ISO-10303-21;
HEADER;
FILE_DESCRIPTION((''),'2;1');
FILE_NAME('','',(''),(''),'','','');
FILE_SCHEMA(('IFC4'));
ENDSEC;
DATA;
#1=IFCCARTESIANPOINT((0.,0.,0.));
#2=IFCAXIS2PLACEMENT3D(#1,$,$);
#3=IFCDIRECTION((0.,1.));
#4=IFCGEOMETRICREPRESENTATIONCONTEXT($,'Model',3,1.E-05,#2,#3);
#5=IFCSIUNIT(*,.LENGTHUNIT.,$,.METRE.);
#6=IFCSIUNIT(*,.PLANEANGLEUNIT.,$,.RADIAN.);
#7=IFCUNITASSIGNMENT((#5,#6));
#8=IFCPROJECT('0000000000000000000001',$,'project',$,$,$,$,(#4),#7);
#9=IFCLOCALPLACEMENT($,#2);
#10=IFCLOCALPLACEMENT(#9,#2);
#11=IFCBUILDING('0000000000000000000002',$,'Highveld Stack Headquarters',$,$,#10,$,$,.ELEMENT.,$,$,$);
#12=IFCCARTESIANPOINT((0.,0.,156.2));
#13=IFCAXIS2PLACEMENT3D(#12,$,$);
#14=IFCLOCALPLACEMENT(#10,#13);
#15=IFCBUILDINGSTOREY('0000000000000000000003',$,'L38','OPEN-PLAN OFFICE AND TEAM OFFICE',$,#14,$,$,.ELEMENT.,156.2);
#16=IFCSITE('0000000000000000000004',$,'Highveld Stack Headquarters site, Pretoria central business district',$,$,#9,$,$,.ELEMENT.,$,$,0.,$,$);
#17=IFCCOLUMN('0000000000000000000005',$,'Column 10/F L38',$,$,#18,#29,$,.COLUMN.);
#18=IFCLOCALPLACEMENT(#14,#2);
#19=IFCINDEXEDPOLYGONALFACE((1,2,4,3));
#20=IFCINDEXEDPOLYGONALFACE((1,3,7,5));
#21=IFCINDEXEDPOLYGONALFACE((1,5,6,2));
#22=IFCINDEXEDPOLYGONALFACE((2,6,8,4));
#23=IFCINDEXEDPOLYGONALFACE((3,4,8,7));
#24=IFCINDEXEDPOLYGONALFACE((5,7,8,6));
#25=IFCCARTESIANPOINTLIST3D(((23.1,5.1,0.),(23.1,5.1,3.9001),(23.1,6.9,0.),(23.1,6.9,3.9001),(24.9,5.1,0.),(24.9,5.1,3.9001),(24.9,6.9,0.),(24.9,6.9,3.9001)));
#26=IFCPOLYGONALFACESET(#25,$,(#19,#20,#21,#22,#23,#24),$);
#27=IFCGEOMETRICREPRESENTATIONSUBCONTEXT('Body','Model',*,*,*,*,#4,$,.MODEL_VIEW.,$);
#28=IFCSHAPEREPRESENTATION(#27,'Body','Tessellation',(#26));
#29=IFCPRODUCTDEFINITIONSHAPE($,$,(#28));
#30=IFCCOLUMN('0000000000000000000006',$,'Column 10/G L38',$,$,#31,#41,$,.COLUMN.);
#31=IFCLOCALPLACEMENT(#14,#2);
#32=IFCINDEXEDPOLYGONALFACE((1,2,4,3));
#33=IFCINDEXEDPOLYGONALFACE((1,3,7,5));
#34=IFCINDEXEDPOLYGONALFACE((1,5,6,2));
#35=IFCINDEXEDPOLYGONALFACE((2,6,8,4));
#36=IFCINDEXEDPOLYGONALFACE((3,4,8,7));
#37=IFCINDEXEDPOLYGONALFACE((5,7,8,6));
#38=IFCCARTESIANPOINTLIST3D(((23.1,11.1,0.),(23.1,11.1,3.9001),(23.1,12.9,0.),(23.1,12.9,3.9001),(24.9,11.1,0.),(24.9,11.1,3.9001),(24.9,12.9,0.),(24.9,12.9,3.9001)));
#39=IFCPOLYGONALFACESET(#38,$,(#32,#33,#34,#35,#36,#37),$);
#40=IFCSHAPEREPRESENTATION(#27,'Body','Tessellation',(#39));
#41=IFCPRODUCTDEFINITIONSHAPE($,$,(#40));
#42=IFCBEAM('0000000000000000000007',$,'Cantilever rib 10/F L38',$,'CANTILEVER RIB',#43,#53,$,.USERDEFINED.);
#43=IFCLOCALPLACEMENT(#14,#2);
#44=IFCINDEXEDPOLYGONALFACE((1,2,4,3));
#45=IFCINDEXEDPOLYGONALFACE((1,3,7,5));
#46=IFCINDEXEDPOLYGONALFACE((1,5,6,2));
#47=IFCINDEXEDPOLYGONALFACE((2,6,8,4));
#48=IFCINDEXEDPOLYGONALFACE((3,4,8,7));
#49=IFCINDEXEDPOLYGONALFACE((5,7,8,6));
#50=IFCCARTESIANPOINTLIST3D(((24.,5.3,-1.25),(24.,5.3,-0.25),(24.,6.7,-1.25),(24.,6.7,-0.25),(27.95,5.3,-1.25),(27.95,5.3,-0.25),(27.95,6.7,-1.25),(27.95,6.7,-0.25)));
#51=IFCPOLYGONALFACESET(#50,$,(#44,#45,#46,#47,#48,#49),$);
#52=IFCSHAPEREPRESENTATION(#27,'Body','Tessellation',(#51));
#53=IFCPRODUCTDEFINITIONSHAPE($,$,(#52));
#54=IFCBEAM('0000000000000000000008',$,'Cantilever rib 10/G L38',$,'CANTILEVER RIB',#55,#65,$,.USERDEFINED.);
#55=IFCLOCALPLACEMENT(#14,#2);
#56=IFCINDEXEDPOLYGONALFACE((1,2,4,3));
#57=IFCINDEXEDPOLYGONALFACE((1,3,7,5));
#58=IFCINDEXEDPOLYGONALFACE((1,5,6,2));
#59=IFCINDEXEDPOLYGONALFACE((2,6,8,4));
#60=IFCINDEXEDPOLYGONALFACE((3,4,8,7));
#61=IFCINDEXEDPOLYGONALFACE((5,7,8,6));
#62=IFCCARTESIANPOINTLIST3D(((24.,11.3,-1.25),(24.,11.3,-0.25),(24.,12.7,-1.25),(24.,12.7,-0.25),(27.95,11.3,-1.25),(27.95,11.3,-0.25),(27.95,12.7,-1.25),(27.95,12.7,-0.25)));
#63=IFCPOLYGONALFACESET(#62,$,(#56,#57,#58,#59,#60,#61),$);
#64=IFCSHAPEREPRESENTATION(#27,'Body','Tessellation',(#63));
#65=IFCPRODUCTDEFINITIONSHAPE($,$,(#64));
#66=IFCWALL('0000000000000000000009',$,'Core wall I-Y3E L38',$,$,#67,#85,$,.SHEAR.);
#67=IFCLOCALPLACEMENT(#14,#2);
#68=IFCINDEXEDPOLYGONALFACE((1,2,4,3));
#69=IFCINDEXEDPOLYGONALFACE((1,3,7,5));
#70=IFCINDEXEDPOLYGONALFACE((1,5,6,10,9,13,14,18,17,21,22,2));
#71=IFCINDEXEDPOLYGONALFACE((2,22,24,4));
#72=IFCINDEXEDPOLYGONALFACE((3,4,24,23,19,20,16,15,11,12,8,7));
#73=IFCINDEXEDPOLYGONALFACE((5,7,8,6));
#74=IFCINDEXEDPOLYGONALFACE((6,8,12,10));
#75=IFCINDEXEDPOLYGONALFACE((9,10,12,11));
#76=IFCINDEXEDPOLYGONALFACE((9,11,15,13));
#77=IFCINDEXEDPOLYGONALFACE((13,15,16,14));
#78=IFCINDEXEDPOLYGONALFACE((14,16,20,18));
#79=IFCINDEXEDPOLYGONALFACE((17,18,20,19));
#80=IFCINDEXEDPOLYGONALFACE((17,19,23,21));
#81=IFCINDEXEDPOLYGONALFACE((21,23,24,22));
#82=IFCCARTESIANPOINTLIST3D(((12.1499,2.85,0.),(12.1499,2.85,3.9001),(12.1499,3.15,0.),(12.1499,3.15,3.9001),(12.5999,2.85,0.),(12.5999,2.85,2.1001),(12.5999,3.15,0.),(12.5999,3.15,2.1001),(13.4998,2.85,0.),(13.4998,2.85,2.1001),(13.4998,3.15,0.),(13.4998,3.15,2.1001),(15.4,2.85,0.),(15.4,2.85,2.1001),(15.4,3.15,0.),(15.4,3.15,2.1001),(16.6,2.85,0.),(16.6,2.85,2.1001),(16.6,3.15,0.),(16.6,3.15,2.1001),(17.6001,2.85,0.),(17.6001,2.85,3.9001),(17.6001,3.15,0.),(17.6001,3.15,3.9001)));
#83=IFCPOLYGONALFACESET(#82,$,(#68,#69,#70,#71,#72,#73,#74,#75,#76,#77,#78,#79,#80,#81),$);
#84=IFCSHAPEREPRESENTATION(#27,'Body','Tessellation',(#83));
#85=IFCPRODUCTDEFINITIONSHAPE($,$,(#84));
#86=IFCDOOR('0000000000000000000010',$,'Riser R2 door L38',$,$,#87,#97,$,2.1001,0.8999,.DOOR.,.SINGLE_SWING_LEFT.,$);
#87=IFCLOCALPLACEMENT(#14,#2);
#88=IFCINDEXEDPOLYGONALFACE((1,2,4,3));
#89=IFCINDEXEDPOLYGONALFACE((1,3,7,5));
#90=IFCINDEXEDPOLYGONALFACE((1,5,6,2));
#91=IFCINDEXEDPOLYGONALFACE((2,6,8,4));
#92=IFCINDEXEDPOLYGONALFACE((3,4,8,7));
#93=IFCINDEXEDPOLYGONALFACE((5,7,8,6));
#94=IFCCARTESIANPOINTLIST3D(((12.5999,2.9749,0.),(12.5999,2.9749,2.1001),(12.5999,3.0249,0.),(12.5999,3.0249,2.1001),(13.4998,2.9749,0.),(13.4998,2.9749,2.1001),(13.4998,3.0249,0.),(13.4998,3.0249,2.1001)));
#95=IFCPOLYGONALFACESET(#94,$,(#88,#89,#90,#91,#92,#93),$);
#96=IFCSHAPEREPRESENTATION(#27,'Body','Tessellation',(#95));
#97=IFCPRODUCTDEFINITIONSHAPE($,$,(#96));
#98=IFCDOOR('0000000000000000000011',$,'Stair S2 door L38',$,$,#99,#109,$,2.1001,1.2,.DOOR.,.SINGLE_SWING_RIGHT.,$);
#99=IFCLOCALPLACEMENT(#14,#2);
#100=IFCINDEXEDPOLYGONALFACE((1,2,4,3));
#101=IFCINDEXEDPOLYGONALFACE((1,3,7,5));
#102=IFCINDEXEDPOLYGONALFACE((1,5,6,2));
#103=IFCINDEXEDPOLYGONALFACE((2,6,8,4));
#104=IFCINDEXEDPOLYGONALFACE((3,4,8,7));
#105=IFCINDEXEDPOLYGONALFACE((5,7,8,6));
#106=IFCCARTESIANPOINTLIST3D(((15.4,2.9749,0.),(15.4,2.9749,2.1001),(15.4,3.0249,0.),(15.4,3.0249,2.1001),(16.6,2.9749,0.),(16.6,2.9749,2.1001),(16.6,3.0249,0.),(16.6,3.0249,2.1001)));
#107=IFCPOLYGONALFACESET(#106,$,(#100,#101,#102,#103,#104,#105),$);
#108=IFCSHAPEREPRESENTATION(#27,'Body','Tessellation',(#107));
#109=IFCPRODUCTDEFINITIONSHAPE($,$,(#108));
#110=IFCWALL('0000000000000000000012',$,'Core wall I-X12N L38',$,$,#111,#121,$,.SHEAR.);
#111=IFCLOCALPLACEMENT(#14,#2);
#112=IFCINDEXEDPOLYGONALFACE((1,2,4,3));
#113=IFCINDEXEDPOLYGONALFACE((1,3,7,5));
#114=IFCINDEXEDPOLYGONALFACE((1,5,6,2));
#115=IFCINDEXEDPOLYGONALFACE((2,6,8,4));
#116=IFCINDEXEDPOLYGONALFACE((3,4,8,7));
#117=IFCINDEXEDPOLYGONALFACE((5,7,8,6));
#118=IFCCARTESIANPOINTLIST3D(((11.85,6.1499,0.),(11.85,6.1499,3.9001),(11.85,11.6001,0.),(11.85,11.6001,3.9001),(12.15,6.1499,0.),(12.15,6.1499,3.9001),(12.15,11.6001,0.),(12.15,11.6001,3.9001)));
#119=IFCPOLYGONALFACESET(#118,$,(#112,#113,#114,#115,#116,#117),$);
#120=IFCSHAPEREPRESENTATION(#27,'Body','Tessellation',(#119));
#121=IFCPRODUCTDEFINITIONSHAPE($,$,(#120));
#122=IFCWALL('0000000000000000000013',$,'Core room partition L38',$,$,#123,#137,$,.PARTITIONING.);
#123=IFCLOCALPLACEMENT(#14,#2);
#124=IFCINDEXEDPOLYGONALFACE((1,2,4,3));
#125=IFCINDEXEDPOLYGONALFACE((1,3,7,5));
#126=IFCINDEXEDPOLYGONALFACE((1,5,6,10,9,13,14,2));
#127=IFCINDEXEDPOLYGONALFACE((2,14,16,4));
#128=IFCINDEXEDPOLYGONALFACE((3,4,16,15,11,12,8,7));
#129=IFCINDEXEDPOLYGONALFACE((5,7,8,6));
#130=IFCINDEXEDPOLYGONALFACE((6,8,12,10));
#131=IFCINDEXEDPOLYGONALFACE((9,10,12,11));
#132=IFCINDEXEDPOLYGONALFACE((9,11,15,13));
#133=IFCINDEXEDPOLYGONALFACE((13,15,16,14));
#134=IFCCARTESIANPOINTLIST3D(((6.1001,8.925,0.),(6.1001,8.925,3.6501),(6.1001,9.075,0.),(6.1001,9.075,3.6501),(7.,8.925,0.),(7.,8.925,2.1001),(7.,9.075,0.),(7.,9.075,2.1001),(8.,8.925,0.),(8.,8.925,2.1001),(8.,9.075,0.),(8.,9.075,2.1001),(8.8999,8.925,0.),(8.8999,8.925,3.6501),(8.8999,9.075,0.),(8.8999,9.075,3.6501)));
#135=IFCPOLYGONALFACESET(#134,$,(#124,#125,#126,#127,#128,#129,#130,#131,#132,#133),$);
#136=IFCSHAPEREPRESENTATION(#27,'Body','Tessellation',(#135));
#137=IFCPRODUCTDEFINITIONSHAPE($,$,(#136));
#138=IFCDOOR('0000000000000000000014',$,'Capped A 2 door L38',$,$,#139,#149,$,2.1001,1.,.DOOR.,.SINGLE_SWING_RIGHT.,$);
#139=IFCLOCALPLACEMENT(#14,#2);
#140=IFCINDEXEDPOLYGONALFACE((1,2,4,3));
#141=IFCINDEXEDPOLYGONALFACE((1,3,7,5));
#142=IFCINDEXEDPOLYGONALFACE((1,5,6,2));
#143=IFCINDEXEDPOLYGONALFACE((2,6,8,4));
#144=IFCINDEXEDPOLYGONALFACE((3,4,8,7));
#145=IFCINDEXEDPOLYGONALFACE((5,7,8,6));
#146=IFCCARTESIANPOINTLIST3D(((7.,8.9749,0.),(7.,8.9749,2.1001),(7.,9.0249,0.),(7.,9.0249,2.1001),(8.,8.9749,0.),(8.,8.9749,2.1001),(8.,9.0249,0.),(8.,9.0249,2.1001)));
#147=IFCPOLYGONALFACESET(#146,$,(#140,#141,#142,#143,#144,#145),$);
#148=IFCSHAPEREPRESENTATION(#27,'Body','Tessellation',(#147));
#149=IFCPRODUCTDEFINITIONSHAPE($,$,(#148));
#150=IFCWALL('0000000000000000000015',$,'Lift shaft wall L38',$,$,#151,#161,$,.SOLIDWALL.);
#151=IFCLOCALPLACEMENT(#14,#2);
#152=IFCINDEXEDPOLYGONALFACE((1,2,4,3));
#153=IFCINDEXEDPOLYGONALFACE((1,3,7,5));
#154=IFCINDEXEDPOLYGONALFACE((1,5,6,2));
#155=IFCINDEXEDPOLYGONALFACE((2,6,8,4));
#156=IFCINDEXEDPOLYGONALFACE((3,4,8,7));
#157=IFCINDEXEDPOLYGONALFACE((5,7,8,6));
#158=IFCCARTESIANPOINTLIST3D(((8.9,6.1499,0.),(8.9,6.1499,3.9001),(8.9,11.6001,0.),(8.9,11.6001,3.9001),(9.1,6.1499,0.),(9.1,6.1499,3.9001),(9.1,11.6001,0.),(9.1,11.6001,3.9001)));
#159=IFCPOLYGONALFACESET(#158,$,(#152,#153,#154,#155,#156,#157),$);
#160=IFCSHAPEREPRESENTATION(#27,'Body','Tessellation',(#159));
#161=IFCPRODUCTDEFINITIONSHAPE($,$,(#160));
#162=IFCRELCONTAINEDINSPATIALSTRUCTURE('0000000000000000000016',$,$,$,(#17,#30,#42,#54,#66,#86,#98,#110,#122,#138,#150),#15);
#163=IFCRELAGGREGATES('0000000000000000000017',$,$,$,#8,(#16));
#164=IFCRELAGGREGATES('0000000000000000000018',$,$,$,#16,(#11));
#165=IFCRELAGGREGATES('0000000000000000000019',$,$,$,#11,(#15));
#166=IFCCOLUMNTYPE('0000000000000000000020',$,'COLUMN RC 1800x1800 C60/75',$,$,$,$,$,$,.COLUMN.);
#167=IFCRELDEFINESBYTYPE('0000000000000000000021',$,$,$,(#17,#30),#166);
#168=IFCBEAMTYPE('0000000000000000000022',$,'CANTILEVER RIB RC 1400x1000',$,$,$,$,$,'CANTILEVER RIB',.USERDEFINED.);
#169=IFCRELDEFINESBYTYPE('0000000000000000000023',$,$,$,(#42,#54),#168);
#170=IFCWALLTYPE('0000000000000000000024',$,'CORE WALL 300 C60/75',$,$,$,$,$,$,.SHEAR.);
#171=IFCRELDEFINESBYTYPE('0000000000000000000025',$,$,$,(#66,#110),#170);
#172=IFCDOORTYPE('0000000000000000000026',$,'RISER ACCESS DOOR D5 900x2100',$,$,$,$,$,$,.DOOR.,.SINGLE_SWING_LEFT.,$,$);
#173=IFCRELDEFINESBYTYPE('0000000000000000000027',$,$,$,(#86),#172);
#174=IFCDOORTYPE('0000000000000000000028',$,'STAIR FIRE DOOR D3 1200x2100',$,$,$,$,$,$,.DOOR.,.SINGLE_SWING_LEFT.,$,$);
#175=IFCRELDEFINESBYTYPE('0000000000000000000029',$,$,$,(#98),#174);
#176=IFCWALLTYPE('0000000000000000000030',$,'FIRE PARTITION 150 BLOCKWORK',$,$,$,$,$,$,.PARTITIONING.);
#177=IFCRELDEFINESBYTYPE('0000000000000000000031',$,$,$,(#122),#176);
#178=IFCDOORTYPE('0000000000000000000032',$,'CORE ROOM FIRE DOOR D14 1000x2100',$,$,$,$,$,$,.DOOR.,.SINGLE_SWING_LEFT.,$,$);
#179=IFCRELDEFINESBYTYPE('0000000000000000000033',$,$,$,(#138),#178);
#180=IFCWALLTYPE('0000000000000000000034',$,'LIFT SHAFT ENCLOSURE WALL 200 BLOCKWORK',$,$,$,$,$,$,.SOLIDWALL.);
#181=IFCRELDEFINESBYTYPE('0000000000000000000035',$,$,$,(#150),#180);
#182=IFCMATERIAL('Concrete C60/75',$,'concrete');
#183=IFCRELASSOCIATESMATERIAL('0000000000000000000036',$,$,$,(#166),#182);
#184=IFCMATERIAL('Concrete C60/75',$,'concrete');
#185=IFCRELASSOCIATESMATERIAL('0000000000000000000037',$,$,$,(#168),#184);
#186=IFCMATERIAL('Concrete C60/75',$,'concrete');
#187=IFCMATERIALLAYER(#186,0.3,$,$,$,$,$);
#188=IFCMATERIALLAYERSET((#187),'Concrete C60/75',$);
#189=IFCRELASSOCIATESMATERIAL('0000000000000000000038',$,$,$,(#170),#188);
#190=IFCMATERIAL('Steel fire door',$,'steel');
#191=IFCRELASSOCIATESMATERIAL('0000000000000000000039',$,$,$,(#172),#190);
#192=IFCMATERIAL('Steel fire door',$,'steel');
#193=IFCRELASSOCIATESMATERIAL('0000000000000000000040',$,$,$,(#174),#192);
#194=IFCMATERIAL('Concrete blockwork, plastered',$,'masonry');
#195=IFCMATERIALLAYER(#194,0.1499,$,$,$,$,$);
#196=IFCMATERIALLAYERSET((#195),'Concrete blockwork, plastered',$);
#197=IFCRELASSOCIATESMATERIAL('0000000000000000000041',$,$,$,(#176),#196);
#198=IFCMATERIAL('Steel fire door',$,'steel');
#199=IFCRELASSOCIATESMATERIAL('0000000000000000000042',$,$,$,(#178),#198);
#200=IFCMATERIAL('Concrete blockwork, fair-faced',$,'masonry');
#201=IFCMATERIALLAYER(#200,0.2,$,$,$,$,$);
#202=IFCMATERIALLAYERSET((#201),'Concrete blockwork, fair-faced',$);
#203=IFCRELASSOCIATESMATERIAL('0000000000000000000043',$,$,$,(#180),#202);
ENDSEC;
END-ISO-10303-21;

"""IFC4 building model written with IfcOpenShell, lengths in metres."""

from ifc_helpers import new_model, si_unit, direction, frame, frame_2d, origin, origin_2d, place, context, subcontext, project, spatial, rectangle, extrude, material, layer, layer_set, material_profile, profile_set, type_object, element, fill, save


model = new_model("IFC4")

# Units and contexts
model_context = context("Model", 3, precision=1e-05, world=origin(), true_north=direction((0.0, 1.0)))
body_context = subcontext(model_context, "Body", "Model", "MODEL_VIEW")
ifc_project = project(units=[si_unit("LENGTHUNIT", "METRE"), si_unit("PLANEANGLEUNIT", "RADIAN")], contexts=[model_context])

# Site, building, storey
site_placement = place(None, origin())
site = spatial("IfcSite", under=ifc_project, at=site_placement, Name="Highveld Stack Headquarters site, Pretoria central business district", CompositionType="ELEMENT", RefElevation=0.0)
building_placement = place(site_placement, origin())
building = spatial("IfcBuilding", under=site, at=building_placement, Name="Highveld Stack Headquarters", CompositionType="ELEMENT")
storey_placement = place(building_placement, frame((0.0, 0.0, 156.2)))
storey = spatial("IfcBuildingStorey", under=building, at=storey_placement, Name="L38", Description="OPEN-PLAN OFFICE AND TEAM OFFICE", CompositionType="ELEMENT", Elevation=156.2)

# Columns
ifc_material_1 = material(Name="Concrete C60/75", Category="concrete")
ifc_material_profile_1 = material_profile(ifc_material_1, rectangle(XDim=1.8, YDim=1.8, at=origin_2d()), Name="RC 1800x1800")
ifc_profile_set_1 = profile_set([ifc_material_profile_1], Name="Concrete C60/75")
column_type = type_object("IfcColumnType", Name="COLUMN RC 1800x1800 C60/75", PredefinedType="COLUMN", material=ifc_profile_set_1)
for number, where, z_axis, x_axis, name in (
    (1, (24.0, 6.0, 0.0), (0.0, 0.0, 1.0), (1.0, 0.0, 0.0), "Column 10/F L38"),
    (2, (24.0, 12.0, 0.0), (0.0, 0.0, 1.0), (1.0, 0.0, 0.0), "Column 10/G L38"),
):
    element("IfcColumn", number, at=place(storey_placement, frame(where, z_axis=z_axis, x_axis=x_axis)), inside=storey, type_object=column_type, Name=name, PredefinedType="COLUMN", context=body_context, shape_type="SweptSolid", body=[
        extrude(rectangle(XDim=1.8, YDim=1.8, at=origin_2d()), origin(), (0.0, 0.0, 1.0), 3.9001),
    ])

# Beams
ifc_material_2 = material(Name="Concrete C60/75", Category="concrete")
ifc_material_profile_2 = material_profile(ifc_material_2, rectangle(XDim=1.3999, YDim=1.0, at=origin_2d()), Name="RC 1400x1000")
ifc_profile_set_2 = profile_set([ifc_material_profile_2], Name="Concrete C60/75")
beam_type = type_object("IfcBeamType", Name="CANTILEVER RIB RC 1400x1000", ElementType="CANTILEVER RIB", PredefinedType="USERDEFINED", material=ifc_profile_set_2)
for number, where, z_axis, x_axis, name in (
    (3, (24.0, 6.0, -0.75), (1.0, 0.0, 0.0), (0.0, 1.0, 0.0), "Cantilever rib 10/F L38"),
    (4, (24.0, 12.0, -0.75), (1.0, 0.0, 0.0), (0.0, 1.0, 0.0), "Cantilever rib 10/G L38"),
):
    element("IfcBeam", number, at=place(storey_placement, frame(where, z_axis=z_axis, x_axis=x_axis)), inside=storey, type_object=beam_type, Name=name, ObjectType="CANTILEVER RIB", PredefinedType="USERDEFINED", context=body_context, shape_type="SweptSolid", body=[
        extrude(rectangle(XDim=1.3999, YDim=1.0, at=origin_2d()), origin(), (0.0, 0.0, 1.0), 3.95),
    ])

# Wall, openings, doors
ifc_material_3 = material(Name="Concrete C60/75", Category="concrete")
ifc_layer_1 = layer(ifc_material_3, 0.3)
ifc_layer_set_1 = layer_set([ifc_layer_1], Name="Concrete C60/75")
wall_type_1 = type_object("IfcWallType", Name="CORE WALL 300 C60/75", PredefinedType="SHEAR", material=ifc_layer_set_1)
wall_1_placement = place(storey_placement, frame((12.1499, 3.0, 0.0), z_axis=(0.0, 0.0, 1.0), x_axis=(1.0, 0.0, 0.0)))
wall_1 = element("IfcWall", 5, at=wall_1_placement, inside=storey, type_object=wall_type_1, Name="Core wall I-Y3E L38", PredefinedType="SHEAR", context=body_context, shape_type="SweptSolid", body=[
    extrude(rectangle(XDim=5.4502, YDim=0.3, at=frame_2d((2.7251, 0.0))), origin(), (0.0, 0.0, 1.0), 3.9001),
])
opening_1_placement = place(wall_1_placement, frame((3.25, 0.0, 0.0)))
opening_1 = element("IfcOpeningElement", 6, at=opening_1_placement, cuts=wall_1, PredefinedType="OPENING", context=body_context, shape_type="SweptSolid", body=[
    extrude(rectangle(XDim=1.2, YDim=2.1001, at=frame_2d((0.6001, 1.05))), frame((0.0, 0.1599, 0.0), z_axis=(0.0, -1.0, 0.0), x_axis=(1.0, 0.0, 0.0)), (0.0, 0.0, 1.0), 0.3201),
])
opening_2_placement = place(wall_1_placement, frame((0.45, 0.0, 0.0)))
opening_2 = element("IfcOpeningElement", 7, at=opening_2_placement, cuts=wall_1, PredefinedType="OPENING", context=body_context, shape_type="SweptSolid", body=[
    extrude(rectangle(XDim=0.8999, YDim=2.1001, at=frame_2d((0.45, 1.05))), frame((0.0, 0.1599, 0.0), z_axis=(0.0, -1.0, 0.0), x_axis=(1.0, 0.0, 0.0)), (0.0, 0.0, 1.0), 0.3201),
])
ifc_material_4 = material(Name="Steel fire door", Category="steel")
door_type_1 = type_object("IfcDoorType", Name="RISER ACCESS DOOR D5 900x2100", OperationType="SINGLE_SWING_LEFT", PredefinedType="DOOR", material=ifc_material_4)
door_1_placement = place(opening_2_placement, origin())
door_1 = element("IfcDoor", 8, at=door_1_placement, inside=storey, type_object=door_type_1, Name="Riser R2 door L38", OperationType="SINGLE_SWING_LEFT", OverallHeight=2.1001, OverallWidth=0.8999, PredefinedType="DOOR", context=body_context, shape_type="SweptSolid", body=[
    extrude(rectangle(XDim=0.8999, YDim=2.1001, at=frame_2d((0.45, 1.05))), frame((0.0, 0.0249, 0.0), z_axis=(0.0, -1.0, 0.0), x_axis=(1.0, 0.0, 0.0)), (0.0, 0.0, 1.0), 0.05),
])
fill(opening_2, door_1)
ifc_material_5 = material(Name="Steel fire door", Category="steel")
door_type_2 = type_object("IfcDoorType", Name="STAIR FIRE DOOR D3 1200x2100", OperationType="SINGLE_SWING_LEFT", PredefinedType="DOOR", material=ifc_material_5)
door_2_placement = place(opening_1_placement, origin())
door_2 = element("IfcDoor", 9, at=door_2_placement, inside=storey, type_object=door_type_2, Name="Stair S2 door L38", OperationType="SINGLE_SWING_RIGHT", OverallHeight=2.1001, OverallWidth=1.2, PredefinedType="DOOR", context=body_context, shape_type="SweptSolid", body=[
    extrude(rectangle(XDim=1.2, YDim=2.1001, at=frame_2d((0.6001, 1.05))), frame((0.0, 0.0249, 0.0), z_axis=(0.0, -1.0, 0.0), x_axis=(1.0, 0.0, 0.0)), (0.0, 0.0, 1.0), 0.05),
])
fill(opening_1, door_2)

# Wall
wall_2_placement = place(storey_placement, frame((12.0, 6.1499, 0.0), z_axis=(0.0, 0.0, 1.0), x_axis=(0.0, 1.0, 0.0)))
element("IfcWall", 10, at=wall_2_placement, inside=storey, type_object=wall_type_1, Name="Core wall I-X12N L38", PredefinedType="SHEAR", context=body_context, shape_type="SweptSolid", body=[
    extrude(rectangle(XDim=5.4502, YDim=0.3, at=frame_2d((2.7251, 0.0))), origin(), (0.0, 0.0, 1.0), 3.9001),
])

# Wall, opening, door
ifc_material_6 = material(Name="Concrete blockwork, plastered", Category="masonry")
ifc_layer_2 = layer(ifc_material_6, 0.1499)
ifc_layer_set_2 = layer_set([ifc_layer_2], Name="Concrete blockwork, plastered")
wall_type_2 = type_object("IfcWallType", Name="FIRE PARTITION 150 BLOCKWORK", PredefinedType="PARTITIONING", material=ifc_layer_set_2)
wall_3_placement = place(storey_placement, frame((6.1001, 9.0, 0.0), z_axis=(0.0, 0.0, 1.0), x_axis=(1.0, 0.0, 0.0)))
wall_3 = element("IfcWall", 11, at=wall_3_placement, inside=storey, type_object=wall_type_2, Name="Core room partition L38", PredefinedType="PARTITIONING", context=body_context, shape_type="SweptSolid", body=[
    extrude(rectangle(XDim=2.7998, YDim=0.1499, at=frame_2d((1.3999, 0.0))), origin(), (0.0, 0.0, 1.0), 3.6501),
])
opening_3_placement = place(wall_3_placement, frame((0.8999, 0.0, 0.0)))
opening_3 = element("IfcOpeningElement", 12, at=opening_3_placement, cuts=wall_3, PredefinedType="OPENING", context=body_context, shape_type="SweptSolid", body=[
    extrude(rectangle(XDim=1.0, YDim=2.1001, at=frame_2d((0.5, 1.05))), frame((0.0, 0.085, 0.0), z_axis=(0.0, -1.0, 0.0), x_axis=(1.0, 0.0, 0.0)), (0.0, 0.0, 1.0), 0.1699),
])
ifc_material_7 = material(Name="Steel fire door", Category="steel")
door_type_3 = type_object("IfcDoorType", Name="CORE ROOM FIRE DOOR D14 1000x2100", OperationType="SINGLE_SWING_LEFT", PredefinedType="DOOR", material=ifc_material_7)
door_3_placement = place(opening_3_placement, origin())
door_3 = element("IfcDoor", 13, at=door_3_placement, inside=storey, type_object=door_type_3, Name="Capped A 2 door L38", OperationType="SINGLE_SWING_RIGHT", OverallHeight=2.1001, OverallWidth=1.0, PredefinedType="DOOR", context=body_context, shape_type="SweptSolid", body=[
    extrude(rectangle(XDim=1.0, YDim=2.1001, at=frame_2d((0.5, 1.05))), frame((0.0, 0.0249, 0.0), z_axis=(0.0, -1.0, 0.0), x_axis=(1.0, 0.0, 0.0)), (0.0, 0.0, 1.0), 0.05),
])
fill(opening_3, door_3)

# Wall
ifc_material_8 = material(Name="Concrete blockwork, fair-faced", Category="masonry")
ifc_layer_3 = layer(ifc_material_8, 0.2)
ifc_layer_set_3 = layer_set([ifc_layer_3], Name="Concrete blockwork, fair-faced")
wall_type_3 = type_object("IfcWallType", Name="LIFT SHAFT ENCLOSURE WALL 200 BLOCKWORK", PredefinedType="SOLIDWALL", material=ifc_layer_set_3)
wall_4_placement = place(storey_placement, frame((9.0, 6.1499, 0.0), z_axis=(0.0, 0.0, 1.0), x_axis=(0.0, 1.0, 0.0)))
element("IfcWall", 14, at=wall_4_placement, inside=storey, type_object=wall_type_3, Name="Lift shaft wall L38", PredefinedType="SOLIDWALL", context=body_context, shape_type="SweptSolid", body=[
    extrude(rectangle(XDim=5.4502, YDim=0.2, at=frame_2d((2.7251, 0.0))), origin(), (0.0, 0.0, 1.0), 3.9001),
])

save(model, "model.ifc")
